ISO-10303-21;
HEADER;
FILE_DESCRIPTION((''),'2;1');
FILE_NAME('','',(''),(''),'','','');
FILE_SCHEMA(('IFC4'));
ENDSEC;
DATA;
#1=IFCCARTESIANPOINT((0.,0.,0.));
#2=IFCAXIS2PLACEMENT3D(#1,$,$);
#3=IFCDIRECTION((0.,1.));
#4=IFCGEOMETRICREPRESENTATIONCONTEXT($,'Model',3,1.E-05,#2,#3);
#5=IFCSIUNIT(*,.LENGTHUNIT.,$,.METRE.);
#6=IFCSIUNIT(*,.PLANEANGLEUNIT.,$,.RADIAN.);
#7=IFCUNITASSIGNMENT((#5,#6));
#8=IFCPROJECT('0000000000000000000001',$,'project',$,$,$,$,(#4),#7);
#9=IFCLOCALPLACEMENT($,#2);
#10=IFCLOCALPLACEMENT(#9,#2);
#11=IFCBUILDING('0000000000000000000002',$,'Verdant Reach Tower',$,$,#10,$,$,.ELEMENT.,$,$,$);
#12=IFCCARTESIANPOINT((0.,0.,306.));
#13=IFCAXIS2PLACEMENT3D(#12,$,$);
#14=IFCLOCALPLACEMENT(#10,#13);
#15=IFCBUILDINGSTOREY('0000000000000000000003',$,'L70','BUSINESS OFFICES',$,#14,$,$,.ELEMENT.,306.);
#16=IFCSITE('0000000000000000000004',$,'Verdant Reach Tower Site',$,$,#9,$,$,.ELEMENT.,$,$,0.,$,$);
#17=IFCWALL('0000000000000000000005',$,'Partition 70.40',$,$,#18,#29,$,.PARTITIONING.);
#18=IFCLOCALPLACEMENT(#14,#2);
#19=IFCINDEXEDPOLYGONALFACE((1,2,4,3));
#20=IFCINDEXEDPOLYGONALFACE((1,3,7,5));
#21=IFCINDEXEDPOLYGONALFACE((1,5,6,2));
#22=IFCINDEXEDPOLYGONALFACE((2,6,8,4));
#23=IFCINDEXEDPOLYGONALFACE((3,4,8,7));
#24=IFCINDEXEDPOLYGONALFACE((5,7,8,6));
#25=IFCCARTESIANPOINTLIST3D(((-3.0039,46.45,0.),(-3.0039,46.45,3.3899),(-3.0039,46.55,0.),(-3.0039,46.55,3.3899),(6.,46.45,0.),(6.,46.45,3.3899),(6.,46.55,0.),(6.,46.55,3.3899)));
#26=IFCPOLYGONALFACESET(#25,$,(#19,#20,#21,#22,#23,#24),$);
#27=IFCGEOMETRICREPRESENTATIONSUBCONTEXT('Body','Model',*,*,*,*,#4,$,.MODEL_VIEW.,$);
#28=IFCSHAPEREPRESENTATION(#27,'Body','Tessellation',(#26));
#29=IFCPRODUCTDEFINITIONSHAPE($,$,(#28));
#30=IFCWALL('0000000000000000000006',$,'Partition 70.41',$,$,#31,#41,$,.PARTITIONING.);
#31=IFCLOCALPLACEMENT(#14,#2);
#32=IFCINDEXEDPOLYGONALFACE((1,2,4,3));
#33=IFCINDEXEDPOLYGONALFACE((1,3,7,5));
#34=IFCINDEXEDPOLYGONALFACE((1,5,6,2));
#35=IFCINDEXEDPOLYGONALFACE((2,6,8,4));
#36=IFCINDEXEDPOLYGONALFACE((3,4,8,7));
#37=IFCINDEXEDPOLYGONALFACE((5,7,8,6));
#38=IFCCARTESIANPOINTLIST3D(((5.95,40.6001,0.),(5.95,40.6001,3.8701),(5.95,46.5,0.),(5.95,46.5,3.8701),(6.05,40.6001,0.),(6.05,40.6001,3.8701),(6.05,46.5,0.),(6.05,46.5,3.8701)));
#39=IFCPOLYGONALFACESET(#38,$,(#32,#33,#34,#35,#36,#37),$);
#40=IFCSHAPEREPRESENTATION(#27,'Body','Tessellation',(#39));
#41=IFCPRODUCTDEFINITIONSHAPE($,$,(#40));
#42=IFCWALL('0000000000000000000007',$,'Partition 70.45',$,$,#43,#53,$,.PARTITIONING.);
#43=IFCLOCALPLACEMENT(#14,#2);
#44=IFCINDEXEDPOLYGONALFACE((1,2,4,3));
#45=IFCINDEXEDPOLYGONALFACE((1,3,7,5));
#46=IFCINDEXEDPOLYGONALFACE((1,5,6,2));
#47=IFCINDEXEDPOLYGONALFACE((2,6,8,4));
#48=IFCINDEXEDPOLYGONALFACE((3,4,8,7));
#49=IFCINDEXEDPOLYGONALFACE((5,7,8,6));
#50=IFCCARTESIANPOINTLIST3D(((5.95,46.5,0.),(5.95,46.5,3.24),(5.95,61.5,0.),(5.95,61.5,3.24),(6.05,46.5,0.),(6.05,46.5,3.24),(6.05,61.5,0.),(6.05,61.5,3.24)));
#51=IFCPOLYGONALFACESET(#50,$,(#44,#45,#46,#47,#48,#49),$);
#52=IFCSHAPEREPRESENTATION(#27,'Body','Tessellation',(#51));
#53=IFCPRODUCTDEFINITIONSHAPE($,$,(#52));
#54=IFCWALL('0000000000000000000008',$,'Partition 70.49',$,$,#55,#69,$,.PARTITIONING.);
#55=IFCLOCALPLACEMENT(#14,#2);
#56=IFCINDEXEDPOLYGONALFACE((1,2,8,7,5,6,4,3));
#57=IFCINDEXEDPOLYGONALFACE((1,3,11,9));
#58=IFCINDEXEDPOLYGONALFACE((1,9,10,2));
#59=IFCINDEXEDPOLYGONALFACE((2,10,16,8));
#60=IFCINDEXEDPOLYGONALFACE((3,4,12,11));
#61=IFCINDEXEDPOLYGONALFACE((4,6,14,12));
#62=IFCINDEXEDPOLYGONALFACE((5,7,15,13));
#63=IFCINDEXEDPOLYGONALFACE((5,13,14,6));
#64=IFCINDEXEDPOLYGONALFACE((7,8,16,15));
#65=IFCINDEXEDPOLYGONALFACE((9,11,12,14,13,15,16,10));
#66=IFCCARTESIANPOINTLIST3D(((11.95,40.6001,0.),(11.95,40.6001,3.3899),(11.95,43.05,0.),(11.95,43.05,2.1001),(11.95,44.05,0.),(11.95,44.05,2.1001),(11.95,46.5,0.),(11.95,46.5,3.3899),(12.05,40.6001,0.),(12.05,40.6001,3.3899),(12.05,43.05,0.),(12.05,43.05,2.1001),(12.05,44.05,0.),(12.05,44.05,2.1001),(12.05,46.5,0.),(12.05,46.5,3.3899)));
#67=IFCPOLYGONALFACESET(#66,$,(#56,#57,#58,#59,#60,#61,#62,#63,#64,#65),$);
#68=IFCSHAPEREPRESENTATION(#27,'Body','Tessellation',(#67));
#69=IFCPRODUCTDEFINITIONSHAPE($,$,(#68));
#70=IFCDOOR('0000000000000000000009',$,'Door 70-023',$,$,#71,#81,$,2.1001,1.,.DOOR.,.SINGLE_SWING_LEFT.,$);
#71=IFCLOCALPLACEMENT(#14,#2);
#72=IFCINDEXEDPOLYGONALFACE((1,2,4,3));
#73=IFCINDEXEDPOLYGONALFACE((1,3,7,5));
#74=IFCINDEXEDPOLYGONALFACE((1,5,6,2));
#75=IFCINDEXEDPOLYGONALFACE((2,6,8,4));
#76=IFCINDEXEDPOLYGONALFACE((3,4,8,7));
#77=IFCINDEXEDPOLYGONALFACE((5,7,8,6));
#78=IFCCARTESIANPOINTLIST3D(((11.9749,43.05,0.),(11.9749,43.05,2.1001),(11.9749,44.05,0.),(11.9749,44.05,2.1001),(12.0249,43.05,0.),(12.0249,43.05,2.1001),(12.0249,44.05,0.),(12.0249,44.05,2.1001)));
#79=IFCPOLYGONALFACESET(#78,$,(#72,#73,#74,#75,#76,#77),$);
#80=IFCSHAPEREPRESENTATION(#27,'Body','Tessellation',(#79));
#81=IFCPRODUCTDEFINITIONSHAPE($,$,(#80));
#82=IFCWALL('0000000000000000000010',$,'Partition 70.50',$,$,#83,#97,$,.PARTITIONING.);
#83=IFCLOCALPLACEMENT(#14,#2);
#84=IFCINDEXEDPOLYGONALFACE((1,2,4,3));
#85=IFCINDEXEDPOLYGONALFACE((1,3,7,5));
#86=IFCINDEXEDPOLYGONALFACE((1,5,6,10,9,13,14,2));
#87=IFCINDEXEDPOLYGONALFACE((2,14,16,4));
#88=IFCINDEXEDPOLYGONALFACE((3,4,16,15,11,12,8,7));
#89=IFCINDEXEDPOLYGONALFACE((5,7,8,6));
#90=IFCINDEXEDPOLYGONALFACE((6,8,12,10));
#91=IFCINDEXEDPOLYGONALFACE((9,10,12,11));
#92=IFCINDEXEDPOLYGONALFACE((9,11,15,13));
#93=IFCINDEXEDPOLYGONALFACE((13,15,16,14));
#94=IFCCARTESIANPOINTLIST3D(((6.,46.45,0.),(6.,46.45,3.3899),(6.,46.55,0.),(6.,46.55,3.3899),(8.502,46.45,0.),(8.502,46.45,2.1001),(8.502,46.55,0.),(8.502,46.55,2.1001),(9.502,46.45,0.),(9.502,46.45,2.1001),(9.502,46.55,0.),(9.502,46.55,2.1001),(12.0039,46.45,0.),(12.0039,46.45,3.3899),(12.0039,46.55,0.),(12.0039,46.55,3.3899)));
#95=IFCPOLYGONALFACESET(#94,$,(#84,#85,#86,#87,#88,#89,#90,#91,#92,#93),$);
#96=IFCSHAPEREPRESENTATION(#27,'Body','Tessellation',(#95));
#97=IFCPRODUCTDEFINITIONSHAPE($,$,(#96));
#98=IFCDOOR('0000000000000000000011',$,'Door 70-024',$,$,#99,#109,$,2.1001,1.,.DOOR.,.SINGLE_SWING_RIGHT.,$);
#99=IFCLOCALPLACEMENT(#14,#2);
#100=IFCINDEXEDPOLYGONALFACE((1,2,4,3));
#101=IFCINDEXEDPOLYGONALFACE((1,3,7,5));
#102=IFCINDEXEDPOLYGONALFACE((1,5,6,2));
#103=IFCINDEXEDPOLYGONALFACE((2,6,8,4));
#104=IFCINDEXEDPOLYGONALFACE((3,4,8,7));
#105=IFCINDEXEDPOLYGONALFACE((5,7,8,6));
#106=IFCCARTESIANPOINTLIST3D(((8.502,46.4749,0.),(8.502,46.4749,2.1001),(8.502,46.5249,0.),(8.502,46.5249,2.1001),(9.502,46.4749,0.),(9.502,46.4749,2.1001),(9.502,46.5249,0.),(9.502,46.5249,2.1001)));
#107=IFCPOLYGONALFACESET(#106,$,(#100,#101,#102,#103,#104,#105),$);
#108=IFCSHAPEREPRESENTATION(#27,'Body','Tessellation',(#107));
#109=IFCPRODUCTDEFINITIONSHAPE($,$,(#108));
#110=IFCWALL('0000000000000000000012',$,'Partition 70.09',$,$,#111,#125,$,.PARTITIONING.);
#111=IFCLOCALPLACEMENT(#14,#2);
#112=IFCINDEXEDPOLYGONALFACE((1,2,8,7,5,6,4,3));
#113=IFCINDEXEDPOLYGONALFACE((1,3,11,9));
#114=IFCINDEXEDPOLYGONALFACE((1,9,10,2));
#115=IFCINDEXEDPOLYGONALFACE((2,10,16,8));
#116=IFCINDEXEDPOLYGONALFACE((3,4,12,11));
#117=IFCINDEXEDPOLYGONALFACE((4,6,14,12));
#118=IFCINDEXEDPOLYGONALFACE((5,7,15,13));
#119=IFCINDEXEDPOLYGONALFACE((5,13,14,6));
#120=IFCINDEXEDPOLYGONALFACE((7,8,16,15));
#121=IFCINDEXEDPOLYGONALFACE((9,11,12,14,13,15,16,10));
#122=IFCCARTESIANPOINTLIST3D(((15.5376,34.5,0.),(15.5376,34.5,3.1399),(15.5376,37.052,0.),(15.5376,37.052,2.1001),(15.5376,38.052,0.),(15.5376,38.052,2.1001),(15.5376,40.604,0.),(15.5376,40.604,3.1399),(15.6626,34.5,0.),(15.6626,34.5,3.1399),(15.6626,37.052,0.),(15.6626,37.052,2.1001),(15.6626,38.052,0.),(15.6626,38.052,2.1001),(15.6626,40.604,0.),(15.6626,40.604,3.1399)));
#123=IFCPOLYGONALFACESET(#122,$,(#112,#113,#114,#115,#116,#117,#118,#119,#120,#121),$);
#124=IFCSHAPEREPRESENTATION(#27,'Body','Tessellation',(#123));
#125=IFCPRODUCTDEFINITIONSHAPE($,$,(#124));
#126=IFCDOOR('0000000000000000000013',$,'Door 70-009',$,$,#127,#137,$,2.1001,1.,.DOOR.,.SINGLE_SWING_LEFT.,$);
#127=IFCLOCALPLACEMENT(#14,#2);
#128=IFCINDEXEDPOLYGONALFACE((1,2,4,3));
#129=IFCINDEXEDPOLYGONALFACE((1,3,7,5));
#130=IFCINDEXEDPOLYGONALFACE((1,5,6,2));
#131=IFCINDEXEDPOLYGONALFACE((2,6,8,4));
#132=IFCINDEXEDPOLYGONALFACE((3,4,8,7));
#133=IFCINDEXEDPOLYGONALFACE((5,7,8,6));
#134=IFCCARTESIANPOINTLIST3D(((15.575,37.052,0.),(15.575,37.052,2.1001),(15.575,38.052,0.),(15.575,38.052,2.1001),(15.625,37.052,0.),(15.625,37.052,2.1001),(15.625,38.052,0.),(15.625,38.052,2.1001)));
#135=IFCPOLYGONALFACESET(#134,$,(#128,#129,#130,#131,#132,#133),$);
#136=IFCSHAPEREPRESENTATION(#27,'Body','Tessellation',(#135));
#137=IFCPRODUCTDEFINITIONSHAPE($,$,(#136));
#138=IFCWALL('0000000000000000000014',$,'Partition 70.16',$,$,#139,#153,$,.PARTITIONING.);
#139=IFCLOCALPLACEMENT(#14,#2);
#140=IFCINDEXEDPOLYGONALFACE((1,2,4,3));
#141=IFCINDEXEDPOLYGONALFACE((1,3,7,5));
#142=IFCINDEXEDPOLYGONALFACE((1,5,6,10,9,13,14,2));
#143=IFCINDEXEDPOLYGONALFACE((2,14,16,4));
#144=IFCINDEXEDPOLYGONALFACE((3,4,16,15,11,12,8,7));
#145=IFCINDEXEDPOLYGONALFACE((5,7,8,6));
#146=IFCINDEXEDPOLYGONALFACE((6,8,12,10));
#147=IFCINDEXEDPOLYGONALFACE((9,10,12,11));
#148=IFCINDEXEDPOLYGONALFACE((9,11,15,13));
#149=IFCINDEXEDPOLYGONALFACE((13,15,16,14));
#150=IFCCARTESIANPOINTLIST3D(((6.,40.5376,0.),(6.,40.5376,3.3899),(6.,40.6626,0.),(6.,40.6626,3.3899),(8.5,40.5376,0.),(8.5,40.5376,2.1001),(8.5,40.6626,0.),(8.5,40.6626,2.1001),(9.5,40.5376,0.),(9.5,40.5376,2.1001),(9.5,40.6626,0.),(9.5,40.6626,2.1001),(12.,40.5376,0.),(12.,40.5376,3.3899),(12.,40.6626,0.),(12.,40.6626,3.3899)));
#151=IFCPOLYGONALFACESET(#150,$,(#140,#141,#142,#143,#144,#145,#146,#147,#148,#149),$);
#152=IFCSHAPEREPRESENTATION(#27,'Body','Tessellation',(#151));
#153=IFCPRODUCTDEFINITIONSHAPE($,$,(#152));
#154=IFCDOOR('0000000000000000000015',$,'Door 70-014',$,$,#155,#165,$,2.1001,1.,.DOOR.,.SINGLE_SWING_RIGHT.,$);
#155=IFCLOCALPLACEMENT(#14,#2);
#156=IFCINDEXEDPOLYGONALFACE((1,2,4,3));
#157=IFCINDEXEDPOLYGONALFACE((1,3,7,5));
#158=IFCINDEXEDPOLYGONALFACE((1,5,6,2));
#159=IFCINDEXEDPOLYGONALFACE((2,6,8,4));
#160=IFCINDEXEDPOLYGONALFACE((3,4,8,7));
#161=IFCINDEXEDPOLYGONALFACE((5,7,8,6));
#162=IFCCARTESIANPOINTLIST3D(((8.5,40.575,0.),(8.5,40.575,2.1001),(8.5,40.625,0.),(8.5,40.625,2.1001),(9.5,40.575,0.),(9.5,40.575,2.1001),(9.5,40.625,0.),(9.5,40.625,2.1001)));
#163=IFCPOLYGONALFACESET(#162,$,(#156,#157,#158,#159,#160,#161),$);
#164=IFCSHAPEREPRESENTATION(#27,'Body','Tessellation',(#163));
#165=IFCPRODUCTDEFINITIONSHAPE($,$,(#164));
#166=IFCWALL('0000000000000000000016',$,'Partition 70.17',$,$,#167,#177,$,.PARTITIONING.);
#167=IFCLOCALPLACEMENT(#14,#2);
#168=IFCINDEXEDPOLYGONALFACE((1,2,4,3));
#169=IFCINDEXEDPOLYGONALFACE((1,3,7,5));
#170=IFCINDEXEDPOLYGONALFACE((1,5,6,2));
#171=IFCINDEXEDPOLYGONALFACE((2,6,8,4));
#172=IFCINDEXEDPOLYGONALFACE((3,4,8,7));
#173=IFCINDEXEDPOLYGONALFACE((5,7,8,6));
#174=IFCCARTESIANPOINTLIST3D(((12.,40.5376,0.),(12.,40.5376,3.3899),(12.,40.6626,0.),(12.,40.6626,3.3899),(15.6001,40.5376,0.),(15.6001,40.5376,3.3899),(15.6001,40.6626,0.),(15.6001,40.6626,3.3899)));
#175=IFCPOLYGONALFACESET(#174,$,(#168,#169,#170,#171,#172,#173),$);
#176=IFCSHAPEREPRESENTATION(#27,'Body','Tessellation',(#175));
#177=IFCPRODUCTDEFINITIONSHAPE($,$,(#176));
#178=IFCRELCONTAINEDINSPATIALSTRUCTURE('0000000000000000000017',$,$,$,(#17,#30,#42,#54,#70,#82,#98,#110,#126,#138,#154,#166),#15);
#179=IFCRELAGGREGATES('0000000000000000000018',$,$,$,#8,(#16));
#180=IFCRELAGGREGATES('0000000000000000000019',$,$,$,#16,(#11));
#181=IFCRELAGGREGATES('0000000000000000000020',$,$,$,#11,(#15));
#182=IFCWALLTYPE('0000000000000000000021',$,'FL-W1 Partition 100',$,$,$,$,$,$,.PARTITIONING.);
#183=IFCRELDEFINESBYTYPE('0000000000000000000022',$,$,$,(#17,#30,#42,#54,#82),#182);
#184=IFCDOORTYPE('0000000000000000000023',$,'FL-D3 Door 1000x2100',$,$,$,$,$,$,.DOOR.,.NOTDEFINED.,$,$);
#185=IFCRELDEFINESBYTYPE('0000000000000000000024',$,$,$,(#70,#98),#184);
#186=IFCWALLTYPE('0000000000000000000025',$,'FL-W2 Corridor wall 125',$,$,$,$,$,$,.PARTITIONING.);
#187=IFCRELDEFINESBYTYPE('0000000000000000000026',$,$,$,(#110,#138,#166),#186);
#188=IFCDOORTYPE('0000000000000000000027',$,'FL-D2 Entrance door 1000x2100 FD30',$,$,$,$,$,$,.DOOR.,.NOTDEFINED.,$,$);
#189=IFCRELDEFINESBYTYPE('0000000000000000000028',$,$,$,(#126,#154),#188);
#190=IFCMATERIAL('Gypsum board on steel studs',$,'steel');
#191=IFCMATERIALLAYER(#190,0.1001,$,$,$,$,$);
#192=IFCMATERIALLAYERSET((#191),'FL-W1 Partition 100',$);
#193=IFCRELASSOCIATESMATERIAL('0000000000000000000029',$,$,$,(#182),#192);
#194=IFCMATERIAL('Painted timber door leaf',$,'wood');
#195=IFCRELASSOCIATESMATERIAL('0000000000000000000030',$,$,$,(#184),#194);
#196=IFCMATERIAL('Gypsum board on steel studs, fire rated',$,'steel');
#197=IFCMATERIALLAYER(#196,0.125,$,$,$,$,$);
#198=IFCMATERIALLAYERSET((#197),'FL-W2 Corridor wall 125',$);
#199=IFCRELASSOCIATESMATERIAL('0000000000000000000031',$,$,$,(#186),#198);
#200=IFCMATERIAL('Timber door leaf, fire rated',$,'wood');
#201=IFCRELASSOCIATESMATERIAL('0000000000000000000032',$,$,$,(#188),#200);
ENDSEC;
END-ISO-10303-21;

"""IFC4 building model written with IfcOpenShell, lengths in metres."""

from ifc_helpers import new_model, si_unit, direction, frame, frame_2d, origin, place, context, subcontext, project, spatial, rectangle, extrude, material, layer, layer_set, type_object, element, fill, save


model = new_model("IFC4")

# Units and contexts
model_context = context("Model", 3, precision=1e-05, world=origin(), true_north=direction((0.0, 1.0)))
body_context = subcontext(model_context, "Body", "Model", "MODEL_VIEW")
ifc_project = project(units=[si_unit("LENGTHUNIT", "METRE"), si_unit("PLANEANGLEUNIT", "RADIAN")], contexts=[model_context])

# Site, building, storey
site_placement = place(None, origin())
site = spatial("IfcSite", under=ifc_project, at=site_placement, Name="Verdant Reach Tower Site", CompositionType="ELEMENT", RefElevation=0.0)
building_placement = place(site_placement, origin())
building = spatial("IfcBuilding", under=site, at=building_placement, Name="Verdant Reach Tower", CompositionType="ELEMENT")
storey_placement = place(building_placement, frame((0.0, 0.0, 306.0)))
storey = spatial("IfcBuildingStorey", under=building, at=storey_placement, Name="L70", Description="BUSINESS OFFICES", CompositionType="ELEMENT", Elevation=306.0)

# Walls
ifc_material_1 = material(Name="Gypsum board on steel studs", Category="steel")
ifc_layer_1 = layer(ifc_material_1, 0.1001)
ifc_layer_set_1 = layer_set([ifc_layer_1], Name="FL-W1 Partition 100")
wall_type_1 = type_object("IfcWallType", Name="FL-W1 Partition 100", PredefinedType="PARTITIONING", material=ifc_layer_set_1)
wall_1_placement = place(storey_placement, frame((6.0, 46.5, 0.0), z_axis=(0.0, 0.0, 1.0), x_axis=(-1.0, 0.0, 0.0)))
element("IfcWall", 1, at=wall_1_placement, inside=storey, type_object=wall_type_1, Name="Partition 70.40", PredefinedType="PARTITIONING", context=body_context, shape_type="SweptSolid", body=[
    extrude(rectangle(XDim=9.0039, YDim=0.1001, at=frame_2d((4.502, 0.0))), origin(), (0.0, 0.0, 1.0), 3.3899),
])
wall_2_placement = place(storey_placement, frame((6.0, 40.6001, 0.0), z_axis=(0.0, 0.0, 1.0), x_axis=(0.0, 1.0, 0.0)))
element("IfcWall", 2, at=wall_2_placement, inside=storey, type_object=wall_type_1, Name="Partition 70.41", PredefinedType="PARTITIONING", context=body_context, shape_type="SweptSolid", body=[
    extrude(rectangle(XDim=5.8999, YDim=0.1001, at=frame_2d((2.95, 0.0))), origin(), (0.0, 0.0, 1.0), 3.8701),
])
wall_3_placement = place(storey_placement, frame((6.0, 46.5, 0.0), z_axis=(0.0, 0.0, 1.0), x_axis=(0.0, 1.0, 0.0)))
element("IfcWall", 3, at=wall_3_placement, inside=storey, type_object=wall_type_1, Name="Partition 70.45", PredefinedType="PARTITIONING", context=body_context, shape_type="SweptSolid", body=[
    extrude(rectangle(XDim=15.0, YDim=0.1001, at=frame_2d((7.5, 0.0))), origin(), (0.0, 0.0, 1.0), 3.24),
])

# Walls, openings, doors
wall_4_placement = place(storey_placement, frame((12.0, 46.5, 0.0), z_axis=(0.0, 0.0, 1.0), x_axis=(0.0, -1.0, 0.0)))
wall_4 = element("IfcWall", 4, at=wall_4_placement, inside=storey, type_object=wall_type_1, Name="Partition 70.49", PredefinedType="PARTITIONING", context=body_context, shape_type="SweptSolid", body=[
    extrude(rectangle(XDim=5.8999, YDim=0.1001, at=frame_2d((2.95, 0.0))), origin(), (0.0, 0.0, 1.0), 3.3899),
])
opening_1_placement = place(wall_4_placement, frame((2.45, 0.0, 0.0)))
opening_1 = element("IfcOpeningElement", 5, at=opening_1_placement, cuts=wall_4, PredefinedType="OPENING", context=body_context, shape_type="SweptSolid", body=[
    extrude(rectangle(XDim=1.0, YDim=2.1001, at=frame_2d((0.5, 1.05))), frame((0.0, 0.0601, 0.0), z_axis=(0.0, -1.0, 0.0), x_axis=(1.0, 0.0, 0.0)), (0.0, 0.0, 1.0), 0.1201),
])
ifc_material_2 = material(Name="Painted timber door leaf", Category="wood")
door_type_1 = type_object("IfcDoorType", Name="FL-D3 Door 1000x2100", OperationType="NOTDEFINED", PredefinedType="DOOR", material=ifc_material_2)
door_1_placement = place(opening_1_placement, origin())
door_1 = element("IfcDoor", 6, at=door_1_placement, inside=storey, type_object=door_type_1, Name="Door 70-023", OperationType="SINGLE_SWING_LEFT", OverallHeight=2.1001, OverallWidth=1.0, PredefinedType="DOOR", context=body_context, shape_type="SweptSolid", body=[
    extrude(rectangle(XDim=1.0, YDim=2.1001, at=frame_2d((0.5, 1.05))), frame((0.0, 0.0249, 0.0), z_axis=(0.0, -1.0, 0.0), x_axis=(1.0, 0.0, 0.0)), (0.0, 0.0, 1.0), 0.05),
])
fill(opening_1, door_1)
wall_5_placement = place(storey_placement, frame((6.0, 46.5, 0.0), z_axis=(0.0, 0.0, 1.0), x_axis=(1.0, 0.0, 0.0)))
wall_5 = element("IfcWall", 7, at=wall_5_placement, inside=storey, type_object=wall_type_1, Name="Partition 70.50", PredefinedType="PARTITIONING", context=body_context, shape_type="SweptSolid", body=[
    extrude(rectangle(XDim=6.0039, YDim=0.1001, at=frame_2d((3.002, 0.0))), origin(), (0.0, 0.0, 1.0), 3.3899),
])
opening_2_placement = place(wall_5_placement, frame((2.502, 0.0, 0.0)))
opening_2 = element("IfcOpeningElement", 8, at=opening_2_placement, cuts=wall_5, PredefinedType="OPENING", context=body_context, shape_type="SweptSolid", body=[
    extrude(rectangle(XDim=1.0, YDim=2.1001, at=frame_2d((0.5, 1.05))), frame((0.0, 0.0601, 0.0), z_axis=(0.0, -1.0, 0.0), x_axis=(1.0, 0.0, 0.0)), (0.0, 0.0, 1.0), 0.1201),
])
door_2_placement = place(opening_2_placement, origin())
door_2 = element("IfcDoor", 9, at=door_2_placement, inside=storey, type_object=door_type_1, Name="Door 70-024", OperationType="SINGLE_SWING_RIGHT", OverallHeight=2.1001, OverallWidth=1.0, PredefinedType="DOOR", context=body_context, shape_type="SweptSolid", body=[
    extrude(rectangle(XDim=1.0, YDim=2.1001, at=frame_2d((0.5, 1.05))), frame((0.0, 0.0249, 0.0), z_axis=(0.0, -1.0, 0.0), x_axis=(1.0, 0.0, 0.0)), (0.0, 0.0, 1.0), 0.05),
])
fill(opening_2, door_2)
ifc_material_3 = material(Name="Gypsum board on steel studs, fire rated", Category="steel")
ifc_layer_2 = layer(ifc_material_3, 0.125)
ifc_layer_set_2 = layer_set([ifc_layer_2], Name="FL-W2 Corridor wall 125")
wall_type_2 = type_object("IfcWallType", Name="FL-W2 Corridor wall 125", PredefinedType="PARTITIONING", material=ifc_layer_set_2)
wall_6_placement = place(storey_placement, frame((15.6001, 40.604, 0.0), z_axis=(0.0, 0.0, 1.0), x_axis=(0.0, -1.0, 0.0)))
wall_6 = element("IfcWall", 10, at=wall_6_placement, inside=storey, type_object=wall_type_2, Name="Partition 70.09", PredefinedType="PARTITIONING", context=body_context, shape_type="SweptSolid", body=[
    extrude(rectangle(XDim=6.104, YDim=0.125, at=frame_2d((3.052, 0.0))), origin(), (0.0, 0.0, 1.0), 3.1399),
])
opening_3_placement = place(wall_6_placement, frame((2.552, 0.0, 0.0)))
opening_3 = element("IfcOpeningElement", 11, at=opening_3_placement, cuts=wall_6, PredefinedType="OPENING", context=body_context, shape_type="SweptSolid", body=[
    extrude(rectangle(XDim=1.0, YDim=2.1001, at=frame_2d((0.5, 1.05))), frame((0.0, 0.0725, 0.0), z_axis=(0.0, -1.0, 0.0), x_axis=(1.0, 0.0, 0.0)), (0.0, 0.0, 1.0), 0.145),
])
ifc_material_4 = material(Name="Timber door leaf, fire rated", Category="wood")
door_type_2 = type_object("IfcDoorType", Name="FL-D2 Entrance door 1000x2100 FD30", OperationType="NOTDEFINED", PredefinedType="DOOR", material=ifc_material_4)
door_3_placement = place(opening_3_placement, origin())
door_3 = element("IfcDoor", 12, at=door_3_placement, inside=storey, type_object=door_type_2, Name="Door 70-009", OperationType="SINGLE_SWING_LEFT", OverallHeight=2.1001, OverallWidth=1.0, PredefinedType="DOOR", context=body_context, shape_type="SweptSolid", body=[
    extrude(rectangle(XDim=1.0, YDim=2.1001, at=frame_2d((0.5, 1.05))), frame((0.0, 0.0249, 0.0), z_axis=(0.0, -1.0, 0.0), x_axis=(1.0, 0.0, 0.0)), (0.0, 0.0, 1.0), 0.05),
])
fill(opening_3, door_3)
wall_7_placement = place(storey_placement, frame((6.0, 40.6001, 0.0), z_axis=(0.0, 0.0, 1.0), x_axis=(1.0, 0.0, 0.0)))
wall_7 = element("IfcWall", 13, at=wall_7_placement, inside=storey, type_object=wall_type_2, Name="Partition 70.16", PredefinedType="PARTITIONING", context=body_context, shape_type="SweptSolid", body=[
    extrude(rectangle(XDim=6.0, YDim=0.125, at=frame_2d((3.0, 0.0))), origin(), (0.0, 0.0, 1.0), 3.3899),
])
opening_4_placement = place(wall_7_placement, frame((2.5, 0.0, 0.0)))
opening_4 = element("IfcOpeningElement", 14, at=opening_4_placement, cuts=wall_7, PredefinedType="OPENING", context=body_context, shape_type="SweptSolid", body=[
    extrude(rectangle(XDim=1.0, YDim=2.1001, at=frame_2d((0.5, 1.05))), frame((0.0, 0.0725, 0.0), z_axis=(0.0, -1.0, 0.0), x_axis=(1.0, 0.0, 0.0)), (0.0, 0.0, 1.0), 0.145),
])
door_4_placement = place(opening_4_placement, origin())
door_4 = element("IfcDoor", 15, at=door_4_placement, inside=storey, type_object=door_type_2, Name="Door 70-014", OperationType="SINGLE_SWING_RIGHT", OverallHeight=2.1001, OverallWidth=1.0, PredefinedType="DOOR", context=body_context, shape_type="SweptSolid", body=[
    extrude(rectangle(XDim=1.0, YDim=2.1001, at=frame_2d((0.5, 1.05))), frame((0.0, 0.0249, 0.0), z_axis=(0.0, -1.0, 0.0), x_axis=(1.0, 0.0, 0.0)), (0.0, 0.0, 1.0), 0.05),
])
fill(opening_4, door_4)

# Wall
wall_8_placement = place(storey_placement, frame((15.6001, 40.6001, 0.0), z_axis=(0.0, 0.0, 1.0), x_axis=(-1.0, 0.0, 0.0)))
element("IfcWall", 16, at=wall_8_placement, inside=storey, type_object=wall_type_2, Name="Partition 70.17", PredefinedType="PARTITIONING", context=body_context, shape_type="SweptSolid", body=[
    extrude(rectangle(XDim=3.6001, YDim=0.125, at=frame_2d((1.8, 0.0))), origin(), (0.0, 0.0, 1.0), 3.3899),
])

save(model, "model.ifc")
